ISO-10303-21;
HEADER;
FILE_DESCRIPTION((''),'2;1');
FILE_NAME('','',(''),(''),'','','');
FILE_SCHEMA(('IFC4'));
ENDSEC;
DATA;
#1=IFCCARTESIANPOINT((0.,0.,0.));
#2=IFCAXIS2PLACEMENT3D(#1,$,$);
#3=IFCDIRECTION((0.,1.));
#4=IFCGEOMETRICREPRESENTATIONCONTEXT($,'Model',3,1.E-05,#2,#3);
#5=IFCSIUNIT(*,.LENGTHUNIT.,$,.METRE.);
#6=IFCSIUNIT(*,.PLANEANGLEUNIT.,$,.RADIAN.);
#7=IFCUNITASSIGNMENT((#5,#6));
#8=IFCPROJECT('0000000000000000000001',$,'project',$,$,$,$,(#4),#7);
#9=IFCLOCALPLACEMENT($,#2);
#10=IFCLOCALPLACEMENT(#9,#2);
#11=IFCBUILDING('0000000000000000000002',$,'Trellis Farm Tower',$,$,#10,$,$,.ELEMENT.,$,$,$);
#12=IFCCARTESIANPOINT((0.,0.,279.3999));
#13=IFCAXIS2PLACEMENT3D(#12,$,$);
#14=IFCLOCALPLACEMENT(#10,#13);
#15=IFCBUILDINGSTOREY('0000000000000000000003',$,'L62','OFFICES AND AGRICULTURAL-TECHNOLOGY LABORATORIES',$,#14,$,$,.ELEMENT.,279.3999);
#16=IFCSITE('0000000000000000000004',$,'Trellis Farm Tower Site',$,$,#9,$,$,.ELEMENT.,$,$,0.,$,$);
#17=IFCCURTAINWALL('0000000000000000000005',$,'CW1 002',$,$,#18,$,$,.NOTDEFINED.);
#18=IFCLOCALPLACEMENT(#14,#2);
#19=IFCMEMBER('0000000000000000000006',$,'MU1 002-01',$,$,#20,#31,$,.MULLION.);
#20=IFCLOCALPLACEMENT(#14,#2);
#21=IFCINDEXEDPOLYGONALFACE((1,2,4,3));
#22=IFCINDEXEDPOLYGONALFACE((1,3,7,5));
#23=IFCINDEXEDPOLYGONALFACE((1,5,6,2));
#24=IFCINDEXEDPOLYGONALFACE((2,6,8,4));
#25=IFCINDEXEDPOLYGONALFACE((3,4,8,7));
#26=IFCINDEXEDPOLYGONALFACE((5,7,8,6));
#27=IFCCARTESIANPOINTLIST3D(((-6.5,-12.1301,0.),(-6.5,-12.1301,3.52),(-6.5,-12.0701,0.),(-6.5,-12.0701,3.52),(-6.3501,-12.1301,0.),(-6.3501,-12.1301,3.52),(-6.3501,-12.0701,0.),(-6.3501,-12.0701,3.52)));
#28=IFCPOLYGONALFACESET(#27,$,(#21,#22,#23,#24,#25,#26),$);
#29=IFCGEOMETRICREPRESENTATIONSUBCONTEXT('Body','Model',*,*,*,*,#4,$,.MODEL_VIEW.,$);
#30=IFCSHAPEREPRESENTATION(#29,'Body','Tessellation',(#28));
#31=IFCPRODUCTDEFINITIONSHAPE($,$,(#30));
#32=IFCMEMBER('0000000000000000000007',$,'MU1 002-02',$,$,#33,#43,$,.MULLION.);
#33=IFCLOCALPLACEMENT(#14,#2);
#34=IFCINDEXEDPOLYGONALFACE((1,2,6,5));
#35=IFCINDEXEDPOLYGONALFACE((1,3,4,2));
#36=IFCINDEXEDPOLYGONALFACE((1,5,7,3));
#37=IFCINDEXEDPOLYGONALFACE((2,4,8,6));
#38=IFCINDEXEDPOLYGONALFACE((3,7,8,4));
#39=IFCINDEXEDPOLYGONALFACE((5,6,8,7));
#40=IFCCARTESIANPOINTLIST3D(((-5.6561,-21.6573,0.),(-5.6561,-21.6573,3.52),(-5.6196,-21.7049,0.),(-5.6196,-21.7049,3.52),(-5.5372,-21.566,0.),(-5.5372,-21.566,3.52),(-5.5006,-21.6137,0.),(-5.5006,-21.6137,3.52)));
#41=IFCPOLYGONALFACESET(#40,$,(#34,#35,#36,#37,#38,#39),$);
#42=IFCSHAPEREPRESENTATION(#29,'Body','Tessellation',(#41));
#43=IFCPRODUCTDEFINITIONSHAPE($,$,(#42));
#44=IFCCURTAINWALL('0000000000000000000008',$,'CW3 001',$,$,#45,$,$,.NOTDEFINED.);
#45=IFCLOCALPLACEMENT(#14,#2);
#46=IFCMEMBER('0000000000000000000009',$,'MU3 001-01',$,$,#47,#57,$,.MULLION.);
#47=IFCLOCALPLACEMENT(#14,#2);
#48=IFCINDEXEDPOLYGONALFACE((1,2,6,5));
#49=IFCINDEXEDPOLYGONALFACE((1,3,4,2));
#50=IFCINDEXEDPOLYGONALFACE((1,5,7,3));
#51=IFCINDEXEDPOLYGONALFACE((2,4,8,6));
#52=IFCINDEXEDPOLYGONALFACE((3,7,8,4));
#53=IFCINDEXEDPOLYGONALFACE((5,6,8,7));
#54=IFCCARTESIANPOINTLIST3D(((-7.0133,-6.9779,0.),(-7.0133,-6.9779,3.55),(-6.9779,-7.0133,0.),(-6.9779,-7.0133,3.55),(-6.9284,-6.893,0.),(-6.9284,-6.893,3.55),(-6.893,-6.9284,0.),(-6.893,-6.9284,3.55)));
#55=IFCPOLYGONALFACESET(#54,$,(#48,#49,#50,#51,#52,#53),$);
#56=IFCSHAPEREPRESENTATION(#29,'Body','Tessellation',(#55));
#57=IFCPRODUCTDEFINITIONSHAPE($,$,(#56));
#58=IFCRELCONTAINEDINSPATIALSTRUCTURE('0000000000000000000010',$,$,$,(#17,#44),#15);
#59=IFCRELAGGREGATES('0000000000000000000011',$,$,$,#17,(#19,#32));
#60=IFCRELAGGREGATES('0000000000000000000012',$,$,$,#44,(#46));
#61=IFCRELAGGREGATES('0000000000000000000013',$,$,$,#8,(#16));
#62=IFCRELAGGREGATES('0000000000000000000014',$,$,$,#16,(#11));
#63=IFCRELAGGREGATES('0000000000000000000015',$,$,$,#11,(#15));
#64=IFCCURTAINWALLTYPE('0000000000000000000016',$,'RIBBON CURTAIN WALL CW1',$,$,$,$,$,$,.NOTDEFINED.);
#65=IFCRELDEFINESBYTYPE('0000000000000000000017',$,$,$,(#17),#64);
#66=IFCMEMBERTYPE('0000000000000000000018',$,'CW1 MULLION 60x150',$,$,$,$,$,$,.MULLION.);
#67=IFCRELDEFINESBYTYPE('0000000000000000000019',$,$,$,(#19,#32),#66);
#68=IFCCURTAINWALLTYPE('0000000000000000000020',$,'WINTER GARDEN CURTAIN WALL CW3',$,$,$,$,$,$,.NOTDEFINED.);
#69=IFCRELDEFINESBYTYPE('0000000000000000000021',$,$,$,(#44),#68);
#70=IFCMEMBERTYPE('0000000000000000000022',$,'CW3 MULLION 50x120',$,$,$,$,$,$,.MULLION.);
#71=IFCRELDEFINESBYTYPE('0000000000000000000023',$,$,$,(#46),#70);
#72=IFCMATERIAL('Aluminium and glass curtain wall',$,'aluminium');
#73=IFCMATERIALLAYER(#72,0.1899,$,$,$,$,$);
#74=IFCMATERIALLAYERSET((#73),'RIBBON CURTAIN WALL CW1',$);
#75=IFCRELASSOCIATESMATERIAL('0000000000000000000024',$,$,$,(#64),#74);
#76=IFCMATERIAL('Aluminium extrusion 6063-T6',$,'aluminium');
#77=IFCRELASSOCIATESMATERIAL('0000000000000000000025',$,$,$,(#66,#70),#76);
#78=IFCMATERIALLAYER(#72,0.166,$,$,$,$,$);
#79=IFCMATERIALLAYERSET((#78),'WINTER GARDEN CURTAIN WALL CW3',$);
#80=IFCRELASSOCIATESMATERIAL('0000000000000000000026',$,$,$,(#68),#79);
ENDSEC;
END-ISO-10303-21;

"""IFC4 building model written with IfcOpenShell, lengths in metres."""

from ifc_helpers import new_model, si_unit, direction, frame, origin, origin_2d, place, context, subcontext, project, spatial, rectangle, extrude, source, transform, mapped, material, layer, layer_set, material_profile, profile_set, type_object, element, aggregate, save


model = new_model("IFC4")

# Units and contexts
model_context = context("Model", 3, precision=1e-05, world=origin(), true_north=direction((0.0, 1.0)))
body_context = subcontext(model_context, "Body", "Model", "MODEL_VIEW")
ifc_project = project(units=[si_unit("LENGTHUNIT", "METRE"), si_unit("PLANEANGLEUNIT", "RADIAN")], contexts=[model_context])

# Site, building, storey
site_placement = place(None, origin())
site = spatial("IfcSite", under=ifc_project, at=site_placement, Name="Trellis Farm Tower Site", CompositionType="ELEMENT", RefElevation=0.0)
building_placement = place(site_placement, origin())
building = spatial("IfcBuilding", under=site, at=building_placement, Name="Trellis Farm Tower", CompositionType="ELEMENT")
storey_placement = place(building_placement, frame((0.0, 0.0, 279.3999)))
storey = spatial("IfcBuildingStorey", under=building, at=storey_placement, Name="L62", Description="OFFICES AND AGRICULTURAL-TECHNOLOGY LABORATORIES", CompositionType="ELEMENT", Elevation=279.3999)

# Shared definitions
ifc_material_1 = material(Name="Aluminium and glass curtain wall", Category="aluminium")
ifc_layer_1 = layer(ifc_material_1, 0.1899)
ifc_layer_set_1 = layer_set([ifc_layer_1], Name="RIBBON CURTAIN WALL CW1")
curtain_wall_type_1 = type_object("IfcCurtainWallType", Name="RIBBON CURTAIN WALL CW1", PredefinedType="NOTDEFINED", material=ifc_layer_set_1)
placement = place(storey_placement, origin())
ifc_material_2 = material(Name="Aluminium extrusion 6063-T6", Category="aluminium")
ifc_material_profile_1 = material_profile(ifc_material_2, rectangle(XDim=0.0601, YDim=0.1499, at=origin_2d()), Name="MULLION 60x150")
ifc_profile_set_1 = profile_set([ifc_material_profile_1], Name="Aluminium extrusion 6063-T6")
member_type_1 = type_object("IfcMemberType", Name="CW1 MULLION 60x150", PredefinedType="MULLION", material=ifc_profile_set_1)
shared_shape_1 = source(origin(), body_context, "Body", "SweptSolid", [
    extrude(rectangle(XDim=0.0601, YDim=0.1499, at=origin_2d()), origin(), (0.0, 0.0, 1.0), 3.52),
])

# Curtain wall, members
curtain_wall_1 = element("IfcCurtainWall", 1, at=placement, inside=storey, type_object=curtain_wall_type_1, Name="CW1 002", PredefinedType="NOTDEFINED")
member_1_placement = place(storey_placement, frame((-6.425, -12.1001, 0.0), z_axis=(0.0, 0.0, 1.0), x_axis=(0.0, -1.0, 0.0)))
member_1 = element("IfcMember", 2, at=member_1_placement, type_object=member_type_1, Name="MU1 002-01", PredefinedType="MULLION", context=body_context, shape_type="MappedRepresentation", body=[
    mapped(shared_shape_1, transform((0.0, 0.0, 0.0))),
])
member_2_placement = place(storey_placement, frame((-5.5784, -21.6355, 0.0), z_axis=(0.0, 0.0, 1.0), x_axis=(0.608761, -0.793353, 0.0)))
member_2 = element("IfcMember", 3, at=member_2_placement, type_object=member_type_1, Name="MU1 002-02", PredefinedType="MULLION", context=body_context, shape_type="MappedRepresentation", body=[
    mapped(shared_shape_1, transform((0.0, 0.0, 0.0))),
])
aggregate(curtain_wall_1, [member_1, member_2])

# Curtain wall, member
ifc_layer_2 = layer(ifc_material_1, 0.166)
ifc_layer_set_2 = layer_set([ifc_layer_2], Name="WINTER GARDEN CURTAIN WALL CW3")
curtain_wall_type_2 = type_object("IfcCurtainWallType", Name="WINTER GARDEN CURTAIN WALL CW3", PredefinedType="NOTDEFINED", material=ifc_layer_set_2)
curtain_wall_2 = element("IfcCurtainWall", 4, at=placement, inside=storey, type_object=curtain_wall_type_2, Name="CW3 001", PredefinedType="NOTDEFINED")
ifc_material_profile_2 = material_profile(ifc_material_2, rectangle(XDim=0.05, YDim=0.1201, at=origin_2d()), Name="MULLION 50x120")
ifc_profile_set_2 = profile_set([ifc_material_profile_2], Name="Aluminium extrusion 6063-T6")
member_type_2 = type_object("IfcMemberType", Name="CW3 MULLION 50x120", PredefinedType="MULLION", material=ifc_profile_set_2)
shared_shape_2 = source(origin(), body_context, "Body", "SweptSolid", [
    extrude(rectangle(XDim=0.05, YDim=0.1201, at=origin_2d()), origin(), (0.0, 0.0, 1.0), 3.55),
])
member_3_placement = place(storey_placement, frame((-6.9531, -6.9531, 0.0), z_axis=(0.0, 0.0, 1.0), x_axis=(0.707107, -0.707107, 0.0)))
member_3 = element("IfcMember", 5, at=member_3_placement, type_object=member_type_2, Name="MU3 001-01", PredefinedType="MULLION", context=body_context, shape_type="MappedRepresentation", body=[
    mapped(shared_shape_2, transform((0.0, 0.0, 0.0))),
])
aggregate(curtain_wall_2, [member_3])

save(model, "model.ifc")
